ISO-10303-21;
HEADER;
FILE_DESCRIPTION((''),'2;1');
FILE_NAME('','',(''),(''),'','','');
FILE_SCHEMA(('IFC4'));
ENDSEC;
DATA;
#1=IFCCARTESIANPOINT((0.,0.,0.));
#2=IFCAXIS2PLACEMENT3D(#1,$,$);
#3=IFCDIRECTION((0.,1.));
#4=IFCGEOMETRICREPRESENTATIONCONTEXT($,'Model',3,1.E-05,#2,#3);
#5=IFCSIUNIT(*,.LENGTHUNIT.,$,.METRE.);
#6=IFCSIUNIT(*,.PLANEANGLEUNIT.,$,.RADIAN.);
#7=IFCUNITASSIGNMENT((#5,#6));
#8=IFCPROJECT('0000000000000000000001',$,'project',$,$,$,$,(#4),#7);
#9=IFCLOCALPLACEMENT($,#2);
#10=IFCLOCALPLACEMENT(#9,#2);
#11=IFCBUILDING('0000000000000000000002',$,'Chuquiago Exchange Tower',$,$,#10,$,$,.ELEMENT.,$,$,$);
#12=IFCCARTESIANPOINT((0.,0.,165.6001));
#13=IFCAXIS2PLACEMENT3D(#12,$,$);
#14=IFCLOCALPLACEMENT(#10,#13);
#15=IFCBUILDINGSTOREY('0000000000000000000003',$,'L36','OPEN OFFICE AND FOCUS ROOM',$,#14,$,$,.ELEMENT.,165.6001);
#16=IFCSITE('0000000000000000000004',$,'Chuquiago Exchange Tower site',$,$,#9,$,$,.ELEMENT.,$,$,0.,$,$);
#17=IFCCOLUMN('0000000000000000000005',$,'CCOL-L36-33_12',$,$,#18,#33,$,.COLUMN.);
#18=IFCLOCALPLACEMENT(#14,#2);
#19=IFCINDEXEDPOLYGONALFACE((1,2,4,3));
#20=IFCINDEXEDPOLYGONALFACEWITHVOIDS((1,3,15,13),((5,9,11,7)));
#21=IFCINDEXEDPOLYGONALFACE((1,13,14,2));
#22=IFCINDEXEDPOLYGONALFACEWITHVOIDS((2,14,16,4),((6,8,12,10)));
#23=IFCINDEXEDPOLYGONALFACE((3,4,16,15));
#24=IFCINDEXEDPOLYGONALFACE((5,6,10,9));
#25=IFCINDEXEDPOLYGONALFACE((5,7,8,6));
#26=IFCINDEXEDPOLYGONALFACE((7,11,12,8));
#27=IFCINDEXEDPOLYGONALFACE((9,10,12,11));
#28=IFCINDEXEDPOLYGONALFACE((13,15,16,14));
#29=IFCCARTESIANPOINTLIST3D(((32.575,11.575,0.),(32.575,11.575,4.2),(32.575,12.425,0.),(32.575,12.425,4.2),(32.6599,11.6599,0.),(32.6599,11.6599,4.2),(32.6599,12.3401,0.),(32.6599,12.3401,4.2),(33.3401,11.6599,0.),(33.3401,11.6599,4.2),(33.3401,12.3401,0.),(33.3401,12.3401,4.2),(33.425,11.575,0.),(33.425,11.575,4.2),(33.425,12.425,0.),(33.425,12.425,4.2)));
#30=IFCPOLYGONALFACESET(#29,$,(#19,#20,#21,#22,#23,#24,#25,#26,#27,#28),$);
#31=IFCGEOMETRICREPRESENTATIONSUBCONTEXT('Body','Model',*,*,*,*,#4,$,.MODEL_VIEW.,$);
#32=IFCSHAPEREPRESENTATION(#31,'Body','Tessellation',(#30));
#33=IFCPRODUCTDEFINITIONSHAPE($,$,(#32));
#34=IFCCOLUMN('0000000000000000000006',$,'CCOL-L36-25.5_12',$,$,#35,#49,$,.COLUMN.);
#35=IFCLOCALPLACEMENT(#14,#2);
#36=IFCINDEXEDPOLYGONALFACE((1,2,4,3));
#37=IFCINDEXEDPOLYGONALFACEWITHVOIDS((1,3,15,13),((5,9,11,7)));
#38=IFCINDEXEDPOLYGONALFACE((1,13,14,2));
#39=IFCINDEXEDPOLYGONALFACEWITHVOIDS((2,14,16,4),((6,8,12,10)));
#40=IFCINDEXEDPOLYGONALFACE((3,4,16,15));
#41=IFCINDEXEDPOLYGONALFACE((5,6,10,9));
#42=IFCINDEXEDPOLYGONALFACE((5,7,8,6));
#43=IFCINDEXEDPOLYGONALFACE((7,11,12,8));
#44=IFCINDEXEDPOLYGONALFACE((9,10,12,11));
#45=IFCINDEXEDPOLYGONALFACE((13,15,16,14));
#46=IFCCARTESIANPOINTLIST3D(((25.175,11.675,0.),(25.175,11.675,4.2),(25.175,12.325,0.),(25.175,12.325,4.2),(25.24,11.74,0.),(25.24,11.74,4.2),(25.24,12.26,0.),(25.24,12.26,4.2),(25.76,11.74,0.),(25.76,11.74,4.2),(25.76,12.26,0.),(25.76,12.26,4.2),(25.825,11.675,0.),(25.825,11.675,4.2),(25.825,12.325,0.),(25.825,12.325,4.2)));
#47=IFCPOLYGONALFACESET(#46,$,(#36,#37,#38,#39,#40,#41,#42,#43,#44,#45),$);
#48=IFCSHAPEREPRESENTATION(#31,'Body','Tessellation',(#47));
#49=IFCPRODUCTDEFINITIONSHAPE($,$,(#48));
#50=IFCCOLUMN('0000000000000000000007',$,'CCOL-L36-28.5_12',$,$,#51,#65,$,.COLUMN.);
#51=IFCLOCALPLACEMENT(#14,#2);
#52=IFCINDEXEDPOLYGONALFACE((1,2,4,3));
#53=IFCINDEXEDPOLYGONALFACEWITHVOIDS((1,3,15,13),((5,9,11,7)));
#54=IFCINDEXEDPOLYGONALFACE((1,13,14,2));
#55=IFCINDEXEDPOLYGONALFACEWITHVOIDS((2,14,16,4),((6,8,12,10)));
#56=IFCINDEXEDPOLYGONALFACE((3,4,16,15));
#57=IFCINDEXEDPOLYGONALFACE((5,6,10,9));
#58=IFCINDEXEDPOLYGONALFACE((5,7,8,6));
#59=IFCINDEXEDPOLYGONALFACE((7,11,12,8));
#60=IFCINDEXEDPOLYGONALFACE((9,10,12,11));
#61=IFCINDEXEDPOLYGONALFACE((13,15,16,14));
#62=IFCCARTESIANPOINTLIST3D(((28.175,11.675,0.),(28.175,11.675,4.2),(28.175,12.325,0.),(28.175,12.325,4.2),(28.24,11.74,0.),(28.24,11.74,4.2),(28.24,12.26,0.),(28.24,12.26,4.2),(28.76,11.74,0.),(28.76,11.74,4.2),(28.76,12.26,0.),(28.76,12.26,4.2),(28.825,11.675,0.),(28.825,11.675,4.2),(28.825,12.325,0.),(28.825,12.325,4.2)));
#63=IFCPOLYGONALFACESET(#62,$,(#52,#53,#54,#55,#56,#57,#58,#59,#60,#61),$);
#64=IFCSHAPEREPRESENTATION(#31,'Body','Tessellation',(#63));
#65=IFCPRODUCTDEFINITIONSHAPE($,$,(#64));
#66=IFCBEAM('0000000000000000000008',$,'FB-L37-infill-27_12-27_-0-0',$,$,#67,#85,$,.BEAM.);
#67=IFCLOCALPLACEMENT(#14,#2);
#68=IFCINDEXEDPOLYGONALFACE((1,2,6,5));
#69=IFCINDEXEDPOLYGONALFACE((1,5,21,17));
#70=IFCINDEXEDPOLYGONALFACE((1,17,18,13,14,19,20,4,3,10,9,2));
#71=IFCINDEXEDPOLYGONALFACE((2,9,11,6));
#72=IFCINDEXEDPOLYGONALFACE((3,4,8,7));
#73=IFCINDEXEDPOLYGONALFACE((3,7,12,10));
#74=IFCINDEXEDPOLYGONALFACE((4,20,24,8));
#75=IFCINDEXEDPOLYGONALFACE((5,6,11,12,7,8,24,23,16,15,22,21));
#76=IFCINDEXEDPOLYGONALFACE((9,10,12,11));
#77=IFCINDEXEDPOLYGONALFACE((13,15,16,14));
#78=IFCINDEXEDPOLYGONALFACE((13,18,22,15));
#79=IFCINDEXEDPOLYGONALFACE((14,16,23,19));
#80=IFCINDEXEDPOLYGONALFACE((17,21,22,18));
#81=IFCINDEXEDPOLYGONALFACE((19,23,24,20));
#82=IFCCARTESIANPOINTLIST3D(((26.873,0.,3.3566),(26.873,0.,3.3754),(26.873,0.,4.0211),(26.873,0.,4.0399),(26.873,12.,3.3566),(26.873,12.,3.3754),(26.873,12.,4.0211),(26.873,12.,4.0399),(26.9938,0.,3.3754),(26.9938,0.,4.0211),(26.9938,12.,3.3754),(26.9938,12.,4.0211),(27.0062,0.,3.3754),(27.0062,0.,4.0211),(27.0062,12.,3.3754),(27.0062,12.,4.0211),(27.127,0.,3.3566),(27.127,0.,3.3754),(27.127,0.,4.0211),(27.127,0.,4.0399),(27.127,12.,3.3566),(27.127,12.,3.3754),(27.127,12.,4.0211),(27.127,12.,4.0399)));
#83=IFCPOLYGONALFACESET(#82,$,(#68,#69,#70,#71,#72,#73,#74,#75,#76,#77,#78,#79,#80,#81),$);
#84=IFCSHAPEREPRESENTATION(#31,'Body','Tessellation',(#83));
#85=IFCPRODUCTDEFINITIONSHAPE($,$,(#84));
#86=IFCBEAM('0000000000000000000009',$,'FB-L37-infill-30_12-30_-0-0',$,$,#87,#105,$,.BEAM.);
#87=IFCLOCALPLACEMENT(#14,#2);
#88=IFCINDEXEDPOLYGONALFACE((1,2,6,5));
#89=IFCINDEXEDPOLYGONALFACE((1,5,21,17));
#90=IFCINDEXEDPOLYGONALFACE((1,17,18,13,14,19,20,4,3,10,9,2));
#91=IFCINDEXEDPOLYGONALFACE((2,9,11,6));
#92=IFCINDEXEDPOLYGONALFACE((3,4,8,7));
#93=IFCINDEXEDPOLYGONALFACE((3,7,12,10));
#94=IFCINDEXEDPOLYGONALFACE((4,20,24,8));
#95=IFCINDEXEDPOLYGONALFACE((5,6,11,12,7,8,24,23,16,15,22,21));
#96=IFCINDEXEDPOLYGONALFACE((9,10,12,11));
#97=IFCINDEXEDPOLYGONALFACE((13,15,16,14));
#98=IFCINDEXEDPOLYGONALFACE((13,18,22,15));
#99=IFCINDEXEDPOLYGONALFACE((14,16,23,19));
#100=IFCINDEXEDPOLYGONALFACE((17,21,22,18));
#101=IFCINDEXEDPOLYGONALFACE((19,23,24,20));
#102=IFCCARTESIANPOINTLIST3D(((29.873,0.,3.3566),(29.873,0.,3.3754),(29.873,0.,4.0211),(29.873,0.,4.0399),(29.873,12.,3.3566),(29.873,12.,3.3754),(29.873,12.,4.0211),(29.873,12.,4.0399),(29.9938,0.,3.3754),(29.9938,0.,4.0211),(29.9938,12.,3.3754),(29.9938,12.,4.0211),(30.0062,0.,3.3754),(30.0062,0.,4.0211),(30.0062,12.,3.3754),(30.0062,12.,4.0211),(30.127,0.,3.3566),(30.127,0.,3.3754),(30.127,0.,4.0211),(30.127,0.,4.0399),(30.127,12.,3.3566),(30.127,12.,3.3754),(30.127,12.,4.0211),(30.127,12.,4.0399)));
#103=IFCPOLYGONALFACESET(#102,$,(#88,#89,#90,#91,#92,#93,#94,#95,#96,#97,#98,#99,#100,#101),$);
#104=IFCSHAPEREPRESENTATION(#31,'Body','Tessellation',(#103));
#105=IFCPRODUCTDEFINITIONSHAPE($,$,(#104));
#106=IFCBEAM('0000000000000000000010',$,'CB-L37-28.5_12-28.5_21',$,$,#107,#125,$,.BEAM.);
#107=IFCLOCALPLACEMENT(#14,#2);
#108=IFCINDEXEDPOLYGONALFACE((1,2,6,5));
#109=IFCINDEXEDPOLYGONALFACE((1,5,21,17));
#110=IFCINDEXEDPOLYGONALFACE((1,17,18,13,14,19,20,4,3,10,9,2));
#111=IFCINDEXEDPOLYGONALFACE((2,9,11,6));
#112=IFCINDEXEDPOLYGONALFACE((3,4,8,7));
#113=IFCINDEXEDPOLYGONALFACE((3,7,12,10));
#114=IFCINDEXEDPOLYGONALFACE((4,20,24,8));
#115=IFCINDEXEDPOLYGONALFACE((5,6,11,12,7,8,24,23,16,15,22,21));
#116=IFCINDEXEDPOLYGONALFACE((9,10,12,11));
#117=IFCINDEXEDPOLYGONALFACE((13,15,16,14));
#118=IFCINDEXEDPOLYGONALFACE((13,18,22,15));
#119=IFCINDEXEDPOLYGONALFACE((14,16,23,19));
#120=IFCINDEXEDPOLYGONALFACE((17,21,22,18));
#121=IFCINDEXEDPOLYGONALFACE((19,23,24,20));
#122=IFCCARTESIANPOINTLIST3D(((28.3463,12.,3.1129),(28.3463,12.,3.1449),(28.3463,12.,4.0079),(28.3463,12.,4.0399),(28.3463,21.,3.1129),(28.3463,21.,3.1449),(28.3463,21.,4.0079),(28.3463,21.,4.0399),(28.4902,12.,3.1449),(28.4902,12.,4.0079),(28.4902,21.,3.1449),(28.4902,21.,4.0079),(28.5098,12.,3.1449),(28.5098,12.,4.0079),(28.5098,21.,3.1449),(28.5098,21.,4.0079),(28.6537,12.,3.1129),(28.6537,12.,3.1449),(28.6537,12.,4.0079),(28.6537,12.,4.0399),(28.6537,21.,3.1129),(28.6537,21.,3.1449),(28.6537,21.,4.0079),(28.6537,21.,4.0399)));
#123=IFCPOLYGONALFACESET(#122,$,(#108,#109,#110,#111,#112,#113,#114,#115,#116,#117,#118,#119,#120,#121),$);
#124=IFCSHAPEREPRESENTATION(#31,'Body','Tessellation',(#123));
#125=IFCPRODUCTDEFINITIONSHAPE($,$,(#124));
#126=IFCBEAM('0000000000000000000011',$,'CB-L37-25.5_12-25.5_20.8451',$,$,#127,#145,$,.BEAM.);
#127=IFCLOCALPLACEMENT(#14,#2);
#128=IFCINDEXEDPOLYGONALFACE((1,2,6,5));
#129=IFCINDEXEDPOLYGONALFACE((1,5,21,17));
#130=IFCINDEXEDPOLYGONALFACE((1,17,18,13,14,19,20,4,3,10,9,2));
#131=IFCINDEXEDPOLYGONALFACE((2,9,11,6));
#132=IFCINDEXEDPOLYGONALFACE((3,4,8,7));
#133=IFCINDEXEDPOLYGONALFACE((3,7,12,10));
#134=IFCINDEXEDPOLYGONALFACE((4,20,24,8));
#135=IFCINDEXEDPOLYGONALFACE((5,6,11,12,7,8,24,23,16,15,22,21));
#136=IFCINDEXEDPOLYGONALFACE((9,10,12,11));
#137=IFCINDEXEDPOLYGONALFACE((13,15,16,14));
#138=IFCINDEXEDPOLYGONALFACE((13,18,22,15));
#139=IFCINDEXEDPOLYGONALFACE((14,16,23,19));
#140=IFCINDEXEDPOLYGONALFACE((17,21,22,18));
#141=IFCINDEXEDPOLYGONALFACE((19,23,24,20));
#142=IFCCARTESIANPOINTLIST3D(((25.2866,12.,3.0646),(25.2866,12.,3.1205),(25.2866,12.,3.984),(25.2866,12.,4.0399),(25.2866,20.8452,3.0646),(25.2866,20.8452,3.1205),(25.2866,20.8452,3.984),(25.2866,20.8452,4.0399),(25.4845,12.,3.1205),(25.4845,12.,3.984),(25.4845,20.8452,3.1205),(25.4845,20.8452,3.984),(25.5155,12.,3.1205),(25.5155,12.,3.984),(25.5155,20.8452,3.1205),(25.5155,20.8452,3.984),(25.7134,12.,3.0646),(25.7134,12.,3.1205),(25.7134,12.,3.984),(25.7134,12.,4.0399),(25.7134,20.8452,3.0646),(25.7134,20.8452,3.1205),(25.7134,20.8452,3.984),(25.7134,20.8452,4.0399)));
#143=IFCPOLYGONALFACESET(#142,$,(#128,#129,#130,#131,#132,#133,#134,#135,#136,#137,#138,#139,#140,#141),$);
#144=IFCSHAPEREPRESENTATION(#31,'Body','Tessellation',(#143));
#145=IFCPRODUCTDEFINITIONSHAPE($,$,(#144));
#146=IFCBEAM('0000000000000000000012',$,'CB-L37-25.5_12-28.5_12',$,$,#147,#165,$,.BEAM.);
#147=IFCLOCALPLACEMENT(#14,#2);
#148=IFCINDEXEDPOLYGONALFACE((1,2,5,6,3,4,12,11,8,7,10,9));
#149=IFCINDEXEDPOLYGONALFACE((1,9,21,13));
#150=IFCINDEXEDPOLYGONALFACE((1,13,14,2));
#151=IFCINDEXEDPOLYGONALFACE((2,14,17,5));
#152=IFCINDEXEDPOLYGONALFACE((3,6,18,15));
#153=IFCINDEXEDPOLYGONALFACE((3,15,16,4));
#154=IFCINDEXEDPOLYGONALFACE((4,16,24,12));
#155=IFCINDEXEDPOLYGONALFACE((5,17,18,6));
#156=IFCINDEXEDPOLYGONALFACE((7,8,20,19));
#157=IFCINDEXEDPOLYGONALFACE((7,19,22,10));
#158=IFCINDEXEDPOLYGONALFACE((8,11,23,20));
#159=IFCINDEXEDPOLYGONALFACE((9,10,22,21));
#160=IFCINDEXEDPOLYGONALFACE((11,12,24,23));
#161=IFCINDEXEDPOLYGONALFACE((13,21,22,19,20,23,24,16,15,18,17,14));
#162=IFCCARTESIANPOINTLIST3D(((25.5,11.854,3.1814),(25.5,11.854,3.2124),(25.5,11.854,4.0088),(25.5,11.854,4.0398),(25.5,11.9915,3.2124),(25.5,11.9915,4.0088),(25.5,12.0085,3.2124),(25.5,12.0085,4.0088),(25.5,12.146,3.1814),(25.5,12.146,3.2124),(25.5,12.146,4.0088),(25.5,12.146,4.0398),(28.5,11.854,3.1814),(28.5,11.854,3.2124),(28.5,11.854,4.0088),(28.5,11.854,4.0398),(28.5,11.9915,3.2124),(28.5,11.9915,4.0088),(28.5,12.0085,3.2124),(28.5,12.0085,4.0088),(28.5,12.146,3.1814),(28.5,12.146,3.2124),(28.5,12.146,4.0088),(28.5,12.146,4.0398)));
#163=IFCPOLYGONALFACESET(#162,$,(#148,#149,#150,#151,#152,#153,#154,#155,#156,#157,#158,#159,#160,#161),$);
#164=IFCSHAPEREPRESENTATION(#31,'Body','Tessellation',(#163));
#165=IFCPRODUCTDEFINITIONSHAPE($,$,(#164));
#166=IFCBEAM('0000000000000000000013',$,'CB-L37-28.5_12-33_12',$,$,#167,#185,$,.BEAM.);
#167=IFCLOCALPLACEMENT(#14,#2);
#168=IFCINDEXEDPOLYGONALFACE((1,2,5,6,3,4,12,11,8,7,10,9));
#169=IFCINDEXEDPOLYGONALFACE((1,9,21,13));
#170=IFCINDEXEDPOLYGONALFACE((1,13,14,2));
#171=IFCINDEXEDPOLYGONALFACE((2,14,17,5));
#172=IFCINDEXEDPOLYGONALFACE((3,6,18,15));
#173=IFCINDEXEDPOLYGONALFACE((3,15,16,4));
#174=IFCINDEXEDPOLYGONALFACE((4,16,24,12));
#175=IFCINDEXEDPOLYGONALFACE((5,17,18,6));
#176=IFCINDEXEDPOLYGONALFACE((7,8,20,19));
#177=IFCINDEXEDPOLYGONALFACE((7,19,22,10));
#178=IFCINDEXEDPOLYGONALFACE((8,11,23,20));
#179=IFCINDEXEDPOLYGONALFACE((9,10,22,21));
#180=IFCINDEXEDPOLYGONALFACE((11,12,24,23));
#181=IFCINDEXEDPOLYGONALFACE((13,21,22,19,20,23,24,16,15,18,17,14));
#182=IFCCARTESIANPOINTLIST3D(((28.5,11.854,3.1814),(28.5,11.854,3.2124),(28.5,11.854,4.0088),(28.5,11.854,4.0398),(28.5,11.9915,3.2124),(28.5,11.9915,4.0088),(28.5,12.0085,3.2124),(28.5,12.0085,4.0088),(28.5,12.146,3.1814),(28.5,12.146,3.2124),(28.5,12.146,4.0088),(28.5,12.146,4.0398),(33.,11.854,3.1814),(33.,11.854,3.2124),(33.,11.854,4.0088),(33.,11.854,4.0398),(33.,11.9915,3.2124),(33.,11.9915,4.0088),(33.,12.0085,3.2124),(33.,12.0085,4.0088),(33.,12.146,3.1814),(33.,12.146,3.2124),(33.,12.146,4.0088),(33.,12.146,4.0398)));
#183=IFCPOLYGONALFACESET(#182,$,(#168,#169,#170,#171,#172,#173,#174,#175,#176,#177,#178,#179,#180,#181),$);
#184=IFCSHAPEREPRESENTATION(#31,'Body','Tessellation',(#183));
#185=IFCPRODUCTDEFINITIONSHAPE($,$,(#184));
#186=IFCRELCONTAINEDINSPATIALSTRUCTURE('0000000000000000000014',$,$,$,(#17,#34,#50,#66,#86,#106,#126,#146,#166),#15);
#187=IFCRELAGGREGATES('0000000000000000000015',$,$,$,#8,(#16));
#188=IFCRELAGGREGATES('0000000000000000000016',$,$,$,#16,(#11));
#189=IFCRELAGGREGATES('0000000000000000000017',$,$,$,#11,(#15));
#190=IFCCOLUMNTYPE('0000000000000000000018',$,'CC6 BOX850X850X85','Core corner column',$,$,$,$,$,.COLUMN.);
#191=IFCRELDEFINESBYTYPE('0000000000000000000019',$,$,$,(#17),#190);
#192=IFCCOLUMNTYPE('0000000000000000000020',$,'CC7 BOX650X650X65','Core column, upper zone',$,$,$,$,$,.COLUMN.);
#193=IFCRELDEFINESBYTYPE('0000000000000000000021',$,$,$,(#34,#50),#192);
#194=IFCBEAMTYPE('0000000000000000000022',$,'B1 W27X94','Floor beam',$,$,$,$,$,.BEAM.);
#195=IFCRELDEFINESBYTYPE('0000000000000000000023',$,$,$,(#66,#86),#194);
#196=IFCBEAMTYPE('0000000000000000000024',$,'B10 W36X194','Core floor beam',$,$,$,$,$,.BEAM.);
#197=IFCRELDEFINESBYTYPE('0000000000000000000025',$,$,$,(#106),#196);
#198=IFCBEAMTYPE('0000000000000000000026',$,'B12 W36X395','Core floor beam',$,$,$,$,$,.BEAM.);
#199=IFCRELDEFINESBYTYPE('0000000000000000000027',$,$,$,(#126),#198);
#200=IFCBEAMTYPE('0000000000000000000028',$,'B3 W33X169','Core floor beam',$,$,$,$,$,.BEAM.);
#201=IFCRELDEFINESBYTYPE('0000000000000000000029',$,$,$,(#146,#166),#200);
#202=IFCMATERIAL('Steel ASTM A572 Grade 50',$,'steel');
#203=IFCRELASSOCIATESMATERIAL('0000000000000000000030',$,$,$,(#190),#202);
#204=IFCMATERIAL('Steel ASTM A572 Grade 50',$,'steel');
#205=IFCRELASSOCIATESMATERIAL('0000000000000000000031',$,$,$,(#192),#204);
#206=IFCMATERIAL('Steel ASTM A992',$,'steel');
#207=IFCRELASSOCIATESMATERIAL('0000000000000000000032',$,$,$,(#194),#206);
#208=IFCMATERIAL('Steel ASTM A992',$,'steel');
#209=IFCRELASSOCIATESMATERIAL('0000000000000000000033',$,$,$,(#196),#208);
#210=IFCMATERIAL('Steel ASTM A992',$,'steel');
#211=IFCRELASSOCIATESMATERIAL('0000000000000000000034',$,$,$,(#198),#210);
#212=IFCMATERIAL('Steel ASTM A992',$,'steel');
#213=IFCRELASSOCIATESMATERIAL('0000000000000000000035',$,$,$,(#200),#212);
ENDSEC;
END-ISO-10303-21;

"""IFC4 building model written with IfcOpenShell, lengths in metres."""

from ifc_helpers import new_model, si_unit, direction, frame, origin, origin_2d, place, context, subcontext, project, spatial, hollow_rectangle, i_section, extrude, material, material_profile, profile_set, type_object, element, save


model = new_model("IFC4")

# Units and contexts
model_context = context("Model", 3, precision=1e-05, world=origin(), true_north=direction((0.0, 1.0)))
body_context = subcontext(model_context, "Body", "Model", "MODEL_VIEW")
ifc_project = project(units=[si_unit("LENGTHUNIT", "METRE"), si_unit("PLANEANGLEUNIT", "RADIAN")], contexts=[model_context])

# Site, building, storey
site_placement = place(None, origin())
site = spatial("IfcSite", under=ifc_project, at=site_placement, Name="Chuquiago Exchange Tower site", CompositionType="ELEMENT", RefElevation=0.0)
building_placement = place(site_placement, origin())
building = spatial("IfcBuilding", under=site, at=building_placement, Name="Chuquiago Exchange Tower", CompositionType="ELEMENT")
storey_placement = place(building_placement, frame((0.0, 0.0, 165.6001)))
storey = spatial("IfcBuildingStorey", under=building, at=storey_placement, Name="L36", Description="OPEN OFFICE AND FOCUS ROOM", CompositionType="ELEMENT", Elevation=165.6001)

# Columns
ifc_material_1 = material(Name="Steel ASTM A572 Grade 50", Category="steel")
ifc_material_profile_1 = material_profile(ifc_material_1, hollow_rectangle(XDim=0.8501, YDim=0.8501, WallThickness=0.085, at=origin_2d()), Name="BOX850X850X85")
ifc_profile_set_1 = profile_set([ifc_material_profile_1], Name="Steel ASTM A572 Grade 50")
column_type_1 = type_object("IfcColumnType", Name="CC6 BOX850X850X85", Description="Core corner column", PredefinedType="COLUMN", material=ifc_profile_set_1)
column_placement = place(storey_placement, frame((33.0, 12.0, 0.0), z_axis=(0.0, 0.0, 1.0), x_axis=(1.0, 0.0, 0.0)))
element("IfcColumn", 1, at=column_placement, inside=storey, type_object=column_type_1, Name="CCOL-L36-33_12", PredefinedType="COLUMN", context=body_context, shape_type="SweptSolid", body=[
    extrude(hollow_rectangle(XDim=0.8501, YDim=0.8501, WallThickness=0.085, at=origin_2d()), origin(), (0.0, 0.0, 1.0), 4.2),
])
ifc_material_2 = material(Name="Steel ASTM A572 Grade 50", Category="steel")
ifc_material_profile_2 = material_profile(ifc_material_2, hollow_rectangle(XDim=0.6499, YDim=0.6499, WallThickness=0.0649, at=origin_2d()), Name="BOX650X650X65")
ifc_profile_set_2 = profile_set([ifc_material_profile_2], Name="Steel ASTM A572 Grade 50")
column_type_2 = type_object("IfcColumnType", Name="CC7 BOX650X650X65", Description="Core column, upper zone", PredefinedType="COLUMN", material=ifc_profile_set_2)
for number, where, z_axis, x_axis, name in (
    (2, (25.5, 12.0, 0.0), (0.0, 0.0, 1.0), (1.0, 0.0, 0.0), "CCOL-L36-25.5_12"),
    (3, (28.5, 12.0, 0.0), (0.0, 0.0, 1.0), (1.0, 0.0, 0.0), "CCOL-L36-28.5_12"),
):
    element("IfcColumn", number, at=place(storey_placement, frame(where, z_axis=z_axis, x_axis=x_axis)), inside=storey, type_object=column_type_2, Name=name, PredefinedType="COLUMN", context=body_context, shape_type="SweptSolid", body=[
        extrude(hollow_rectangle(XDim=0.6499, YDim=0.6499, WallThickness=0.0649, at=origin_2d()), origin(), (0.0, 0.0, 1.0), 4.2),
    ])

# Beams
ifc_material_3 = material(Name="Steel ASTM A992", Category="steel")
ifc_material_profile_3 = material_profile(ifc_material_3, i_section(OverallWidth=0.2539, OverallDepth=0.6833, WebThickness=0.0125, FlangeThickness=0.0188, at=origin_2d()), Name="W27X94")
ifc_profile_set_3 = profile_set([ifc_material_profile_3], Name="Steel ASTM A992")
beam_type_1 = type_object("IfcBeamType", Name="B1 W27X94", Description="Floor beam", PredefinedType="BEAM", material=ifc_profile_set_3)
for number, where, z_axis, x_axis, name in (
    (4, (27.0, 12.0, 3.6982), (0.0, -1.0, 0.0), (1.0, 0.0, 0.0), "FB-L37-infill-27_12-27_-0-0"),
    (5, (30.0, 12.0, 3.6982), (0.0, -1.0, 0.0), (1.0, 0.0, 0.0), "FB-L37-infill-30_12-30_-0-0"),
):
    element("IfcBeam", number, at=place(storey_placement, frame(where, z_axis=z_axis, x_axis=x_axis)), inside=storey, type_object=beam_type_1, Name=name, PredefinedType="BEAM", context=body_context, shape_type="SweptSolid", body=[
        extrude(i_section(OverallWidth=0.2539, OverallDepth=0.6833, WebThickness=0.0125, FlangeThickness=0.0188, at=origin_2d()), origin(), (0.0, 0.0, 1.0), 12.0),
    ])
ifc_material_4 = material(Name="Steel ASTM A992", Category="steel")
ifc_material_profile_4 = material_profile(ifc_material_4, i_section(OverallWidth=0.3074, OverallDepth=0.927, WebThickness=0.0195, FlangeThickness=0.032, at=origin_2d()), Name="W36X194")
ifc_profile_set_4 = profile_set([ifc_material_profile_4], Name="Steel ASTM A992")
beam_type_2 = type_object("IfcBeamType", Name="B10 W36X194", Description="Core floor beam", PredefinedType="BEAM", material=ifc_profile_set_4)
beam_1_placement = place(storey_placement, frame((28.5, 12.0, 3.5764), z_axis=(0.0, 1.0, 0.0), x_axis=(-1.0, 0.0, 0.0)))
element("IfcBeam", 6, at=beam_1_placement, inside=storey, type_object=beam_type_2, Name="CB-L37-28.5_12-28.5_21", PredefinedType="BEAM", context=body_context, shape_type="SweptSolid", body=[
    extrude(i_section(OverallWidth=0.3074, OverallDepth=0.927, WebThickness=0.0195, FlangeThickness=0.032, at=origin_2d()), origin(), (0.0, 0.0, 1.0), 9.0),
])
ifc_material_5 = material(Name="Steel ASTM A992", Category="steel")
ifc_material_profile_5 = material_profile(ifc_material_5, i_section(OverallWidth=0.4268, OverallDepth=0.9753, WebThickness=0.031, FlangeThickness=0.0559, at=origin_2d()), Name="W36X395")
ifc_profile_set_5 = profile_set([ifc_material_profile_5], Name="Steel ASTM A992")
beam_type_3 = type_object("IfcBeamType", Name="B12 W36X395", Description="Core floor beam", PredefinedType="BEAM", material=ifc_profile_set_5)
beam_2_placement = place(storey_placement, frame((25.5, 12.0, 3.5522), z_axis=(0.0, 1.0, 0.0), x_axis=(-1.0, 0.0, 0.0)))
element("IfcBeam", 7, at=beam_2_placement, inside=storey, type_object=beam_type_3, Name="CB-L37-25.5_12-25.5_20.8451", PredefinedType="BEAM", context=body_context, shape_type="SweptSolid", body=[
    extrude(i_section(OverallWidth=0.4268, OverallDepth=0.9753, WebThickness=0.031, FlangeThickness=0.0559, at=origin_2d()), origin(), (0.0, 0.0, 1.0), 8.8452),
])
ifc_material_6 = material(Name="Steel ASTM A992", Category="steel")
ifc_material_profile_6 = material_profile(ifc_material_6, i_section(OverallWidth=0.292, OverallDepth=0.8584, WebThickness=0.0171, FlangeThickness=0.031, at=origin_2d()), Name="W33X169")
ifc_profile_set_6 = profile_set([ifc_material_profile_6], Name="Steel ASTM A992")
beam_type_4 = type_object("IfcBeamType", Name="B3 W33X169", Description="Core floor beam", PredefinedType="BEAM", material=ifc_profile_set_6)
beam_3_placement = place(storey_placement, frame((25.5, 12.0, 3.6106), z_axis=(1.0, 0.0, 0.0), x_axis=(0.0, 1.0, 0.0)))
element("IfcBeam", 8, at=beam_3_placement, inside=storey, type_object=beam_type_4, Name="CB-L37-25.5_12-28.5_12", PredefinedType="BEAM", context=body_context, shape_type="SweptSolid", body=[
    extrude(i_section(OverallWidth=0.292, OverallDepth=0.8584, WebThickness=0.0171, FlangeThickness=0.031, at=origin_2d()), origin(), (0.0, 0.0, 1.0), 3.0),
])
beam_4_placement = place(storey_placement, frame((28.5, 12.0, 3.6106), z_axis=(1.0, 0.0, 0.0), x_axis=(0.0, 1.0, 0.0)))
element("IfcBeam", 9, at=beam_4_placement, inside=storey, type_object=beam_type_4, Name="CB-L37-28.5_12-33_12", PredefinedType="BEAM", context=body_context, shape_type="SweptSolid", body=[
    extrude(i_section(OverallWidth=0.292, OverallDepth=0.8584, WebThickness=0.0171, FlangeThickness=0.031, at=origin_2d()), origin(), (0.0, 0.0, 1.0), 4.5),
])

save(model, "model.ifc")
